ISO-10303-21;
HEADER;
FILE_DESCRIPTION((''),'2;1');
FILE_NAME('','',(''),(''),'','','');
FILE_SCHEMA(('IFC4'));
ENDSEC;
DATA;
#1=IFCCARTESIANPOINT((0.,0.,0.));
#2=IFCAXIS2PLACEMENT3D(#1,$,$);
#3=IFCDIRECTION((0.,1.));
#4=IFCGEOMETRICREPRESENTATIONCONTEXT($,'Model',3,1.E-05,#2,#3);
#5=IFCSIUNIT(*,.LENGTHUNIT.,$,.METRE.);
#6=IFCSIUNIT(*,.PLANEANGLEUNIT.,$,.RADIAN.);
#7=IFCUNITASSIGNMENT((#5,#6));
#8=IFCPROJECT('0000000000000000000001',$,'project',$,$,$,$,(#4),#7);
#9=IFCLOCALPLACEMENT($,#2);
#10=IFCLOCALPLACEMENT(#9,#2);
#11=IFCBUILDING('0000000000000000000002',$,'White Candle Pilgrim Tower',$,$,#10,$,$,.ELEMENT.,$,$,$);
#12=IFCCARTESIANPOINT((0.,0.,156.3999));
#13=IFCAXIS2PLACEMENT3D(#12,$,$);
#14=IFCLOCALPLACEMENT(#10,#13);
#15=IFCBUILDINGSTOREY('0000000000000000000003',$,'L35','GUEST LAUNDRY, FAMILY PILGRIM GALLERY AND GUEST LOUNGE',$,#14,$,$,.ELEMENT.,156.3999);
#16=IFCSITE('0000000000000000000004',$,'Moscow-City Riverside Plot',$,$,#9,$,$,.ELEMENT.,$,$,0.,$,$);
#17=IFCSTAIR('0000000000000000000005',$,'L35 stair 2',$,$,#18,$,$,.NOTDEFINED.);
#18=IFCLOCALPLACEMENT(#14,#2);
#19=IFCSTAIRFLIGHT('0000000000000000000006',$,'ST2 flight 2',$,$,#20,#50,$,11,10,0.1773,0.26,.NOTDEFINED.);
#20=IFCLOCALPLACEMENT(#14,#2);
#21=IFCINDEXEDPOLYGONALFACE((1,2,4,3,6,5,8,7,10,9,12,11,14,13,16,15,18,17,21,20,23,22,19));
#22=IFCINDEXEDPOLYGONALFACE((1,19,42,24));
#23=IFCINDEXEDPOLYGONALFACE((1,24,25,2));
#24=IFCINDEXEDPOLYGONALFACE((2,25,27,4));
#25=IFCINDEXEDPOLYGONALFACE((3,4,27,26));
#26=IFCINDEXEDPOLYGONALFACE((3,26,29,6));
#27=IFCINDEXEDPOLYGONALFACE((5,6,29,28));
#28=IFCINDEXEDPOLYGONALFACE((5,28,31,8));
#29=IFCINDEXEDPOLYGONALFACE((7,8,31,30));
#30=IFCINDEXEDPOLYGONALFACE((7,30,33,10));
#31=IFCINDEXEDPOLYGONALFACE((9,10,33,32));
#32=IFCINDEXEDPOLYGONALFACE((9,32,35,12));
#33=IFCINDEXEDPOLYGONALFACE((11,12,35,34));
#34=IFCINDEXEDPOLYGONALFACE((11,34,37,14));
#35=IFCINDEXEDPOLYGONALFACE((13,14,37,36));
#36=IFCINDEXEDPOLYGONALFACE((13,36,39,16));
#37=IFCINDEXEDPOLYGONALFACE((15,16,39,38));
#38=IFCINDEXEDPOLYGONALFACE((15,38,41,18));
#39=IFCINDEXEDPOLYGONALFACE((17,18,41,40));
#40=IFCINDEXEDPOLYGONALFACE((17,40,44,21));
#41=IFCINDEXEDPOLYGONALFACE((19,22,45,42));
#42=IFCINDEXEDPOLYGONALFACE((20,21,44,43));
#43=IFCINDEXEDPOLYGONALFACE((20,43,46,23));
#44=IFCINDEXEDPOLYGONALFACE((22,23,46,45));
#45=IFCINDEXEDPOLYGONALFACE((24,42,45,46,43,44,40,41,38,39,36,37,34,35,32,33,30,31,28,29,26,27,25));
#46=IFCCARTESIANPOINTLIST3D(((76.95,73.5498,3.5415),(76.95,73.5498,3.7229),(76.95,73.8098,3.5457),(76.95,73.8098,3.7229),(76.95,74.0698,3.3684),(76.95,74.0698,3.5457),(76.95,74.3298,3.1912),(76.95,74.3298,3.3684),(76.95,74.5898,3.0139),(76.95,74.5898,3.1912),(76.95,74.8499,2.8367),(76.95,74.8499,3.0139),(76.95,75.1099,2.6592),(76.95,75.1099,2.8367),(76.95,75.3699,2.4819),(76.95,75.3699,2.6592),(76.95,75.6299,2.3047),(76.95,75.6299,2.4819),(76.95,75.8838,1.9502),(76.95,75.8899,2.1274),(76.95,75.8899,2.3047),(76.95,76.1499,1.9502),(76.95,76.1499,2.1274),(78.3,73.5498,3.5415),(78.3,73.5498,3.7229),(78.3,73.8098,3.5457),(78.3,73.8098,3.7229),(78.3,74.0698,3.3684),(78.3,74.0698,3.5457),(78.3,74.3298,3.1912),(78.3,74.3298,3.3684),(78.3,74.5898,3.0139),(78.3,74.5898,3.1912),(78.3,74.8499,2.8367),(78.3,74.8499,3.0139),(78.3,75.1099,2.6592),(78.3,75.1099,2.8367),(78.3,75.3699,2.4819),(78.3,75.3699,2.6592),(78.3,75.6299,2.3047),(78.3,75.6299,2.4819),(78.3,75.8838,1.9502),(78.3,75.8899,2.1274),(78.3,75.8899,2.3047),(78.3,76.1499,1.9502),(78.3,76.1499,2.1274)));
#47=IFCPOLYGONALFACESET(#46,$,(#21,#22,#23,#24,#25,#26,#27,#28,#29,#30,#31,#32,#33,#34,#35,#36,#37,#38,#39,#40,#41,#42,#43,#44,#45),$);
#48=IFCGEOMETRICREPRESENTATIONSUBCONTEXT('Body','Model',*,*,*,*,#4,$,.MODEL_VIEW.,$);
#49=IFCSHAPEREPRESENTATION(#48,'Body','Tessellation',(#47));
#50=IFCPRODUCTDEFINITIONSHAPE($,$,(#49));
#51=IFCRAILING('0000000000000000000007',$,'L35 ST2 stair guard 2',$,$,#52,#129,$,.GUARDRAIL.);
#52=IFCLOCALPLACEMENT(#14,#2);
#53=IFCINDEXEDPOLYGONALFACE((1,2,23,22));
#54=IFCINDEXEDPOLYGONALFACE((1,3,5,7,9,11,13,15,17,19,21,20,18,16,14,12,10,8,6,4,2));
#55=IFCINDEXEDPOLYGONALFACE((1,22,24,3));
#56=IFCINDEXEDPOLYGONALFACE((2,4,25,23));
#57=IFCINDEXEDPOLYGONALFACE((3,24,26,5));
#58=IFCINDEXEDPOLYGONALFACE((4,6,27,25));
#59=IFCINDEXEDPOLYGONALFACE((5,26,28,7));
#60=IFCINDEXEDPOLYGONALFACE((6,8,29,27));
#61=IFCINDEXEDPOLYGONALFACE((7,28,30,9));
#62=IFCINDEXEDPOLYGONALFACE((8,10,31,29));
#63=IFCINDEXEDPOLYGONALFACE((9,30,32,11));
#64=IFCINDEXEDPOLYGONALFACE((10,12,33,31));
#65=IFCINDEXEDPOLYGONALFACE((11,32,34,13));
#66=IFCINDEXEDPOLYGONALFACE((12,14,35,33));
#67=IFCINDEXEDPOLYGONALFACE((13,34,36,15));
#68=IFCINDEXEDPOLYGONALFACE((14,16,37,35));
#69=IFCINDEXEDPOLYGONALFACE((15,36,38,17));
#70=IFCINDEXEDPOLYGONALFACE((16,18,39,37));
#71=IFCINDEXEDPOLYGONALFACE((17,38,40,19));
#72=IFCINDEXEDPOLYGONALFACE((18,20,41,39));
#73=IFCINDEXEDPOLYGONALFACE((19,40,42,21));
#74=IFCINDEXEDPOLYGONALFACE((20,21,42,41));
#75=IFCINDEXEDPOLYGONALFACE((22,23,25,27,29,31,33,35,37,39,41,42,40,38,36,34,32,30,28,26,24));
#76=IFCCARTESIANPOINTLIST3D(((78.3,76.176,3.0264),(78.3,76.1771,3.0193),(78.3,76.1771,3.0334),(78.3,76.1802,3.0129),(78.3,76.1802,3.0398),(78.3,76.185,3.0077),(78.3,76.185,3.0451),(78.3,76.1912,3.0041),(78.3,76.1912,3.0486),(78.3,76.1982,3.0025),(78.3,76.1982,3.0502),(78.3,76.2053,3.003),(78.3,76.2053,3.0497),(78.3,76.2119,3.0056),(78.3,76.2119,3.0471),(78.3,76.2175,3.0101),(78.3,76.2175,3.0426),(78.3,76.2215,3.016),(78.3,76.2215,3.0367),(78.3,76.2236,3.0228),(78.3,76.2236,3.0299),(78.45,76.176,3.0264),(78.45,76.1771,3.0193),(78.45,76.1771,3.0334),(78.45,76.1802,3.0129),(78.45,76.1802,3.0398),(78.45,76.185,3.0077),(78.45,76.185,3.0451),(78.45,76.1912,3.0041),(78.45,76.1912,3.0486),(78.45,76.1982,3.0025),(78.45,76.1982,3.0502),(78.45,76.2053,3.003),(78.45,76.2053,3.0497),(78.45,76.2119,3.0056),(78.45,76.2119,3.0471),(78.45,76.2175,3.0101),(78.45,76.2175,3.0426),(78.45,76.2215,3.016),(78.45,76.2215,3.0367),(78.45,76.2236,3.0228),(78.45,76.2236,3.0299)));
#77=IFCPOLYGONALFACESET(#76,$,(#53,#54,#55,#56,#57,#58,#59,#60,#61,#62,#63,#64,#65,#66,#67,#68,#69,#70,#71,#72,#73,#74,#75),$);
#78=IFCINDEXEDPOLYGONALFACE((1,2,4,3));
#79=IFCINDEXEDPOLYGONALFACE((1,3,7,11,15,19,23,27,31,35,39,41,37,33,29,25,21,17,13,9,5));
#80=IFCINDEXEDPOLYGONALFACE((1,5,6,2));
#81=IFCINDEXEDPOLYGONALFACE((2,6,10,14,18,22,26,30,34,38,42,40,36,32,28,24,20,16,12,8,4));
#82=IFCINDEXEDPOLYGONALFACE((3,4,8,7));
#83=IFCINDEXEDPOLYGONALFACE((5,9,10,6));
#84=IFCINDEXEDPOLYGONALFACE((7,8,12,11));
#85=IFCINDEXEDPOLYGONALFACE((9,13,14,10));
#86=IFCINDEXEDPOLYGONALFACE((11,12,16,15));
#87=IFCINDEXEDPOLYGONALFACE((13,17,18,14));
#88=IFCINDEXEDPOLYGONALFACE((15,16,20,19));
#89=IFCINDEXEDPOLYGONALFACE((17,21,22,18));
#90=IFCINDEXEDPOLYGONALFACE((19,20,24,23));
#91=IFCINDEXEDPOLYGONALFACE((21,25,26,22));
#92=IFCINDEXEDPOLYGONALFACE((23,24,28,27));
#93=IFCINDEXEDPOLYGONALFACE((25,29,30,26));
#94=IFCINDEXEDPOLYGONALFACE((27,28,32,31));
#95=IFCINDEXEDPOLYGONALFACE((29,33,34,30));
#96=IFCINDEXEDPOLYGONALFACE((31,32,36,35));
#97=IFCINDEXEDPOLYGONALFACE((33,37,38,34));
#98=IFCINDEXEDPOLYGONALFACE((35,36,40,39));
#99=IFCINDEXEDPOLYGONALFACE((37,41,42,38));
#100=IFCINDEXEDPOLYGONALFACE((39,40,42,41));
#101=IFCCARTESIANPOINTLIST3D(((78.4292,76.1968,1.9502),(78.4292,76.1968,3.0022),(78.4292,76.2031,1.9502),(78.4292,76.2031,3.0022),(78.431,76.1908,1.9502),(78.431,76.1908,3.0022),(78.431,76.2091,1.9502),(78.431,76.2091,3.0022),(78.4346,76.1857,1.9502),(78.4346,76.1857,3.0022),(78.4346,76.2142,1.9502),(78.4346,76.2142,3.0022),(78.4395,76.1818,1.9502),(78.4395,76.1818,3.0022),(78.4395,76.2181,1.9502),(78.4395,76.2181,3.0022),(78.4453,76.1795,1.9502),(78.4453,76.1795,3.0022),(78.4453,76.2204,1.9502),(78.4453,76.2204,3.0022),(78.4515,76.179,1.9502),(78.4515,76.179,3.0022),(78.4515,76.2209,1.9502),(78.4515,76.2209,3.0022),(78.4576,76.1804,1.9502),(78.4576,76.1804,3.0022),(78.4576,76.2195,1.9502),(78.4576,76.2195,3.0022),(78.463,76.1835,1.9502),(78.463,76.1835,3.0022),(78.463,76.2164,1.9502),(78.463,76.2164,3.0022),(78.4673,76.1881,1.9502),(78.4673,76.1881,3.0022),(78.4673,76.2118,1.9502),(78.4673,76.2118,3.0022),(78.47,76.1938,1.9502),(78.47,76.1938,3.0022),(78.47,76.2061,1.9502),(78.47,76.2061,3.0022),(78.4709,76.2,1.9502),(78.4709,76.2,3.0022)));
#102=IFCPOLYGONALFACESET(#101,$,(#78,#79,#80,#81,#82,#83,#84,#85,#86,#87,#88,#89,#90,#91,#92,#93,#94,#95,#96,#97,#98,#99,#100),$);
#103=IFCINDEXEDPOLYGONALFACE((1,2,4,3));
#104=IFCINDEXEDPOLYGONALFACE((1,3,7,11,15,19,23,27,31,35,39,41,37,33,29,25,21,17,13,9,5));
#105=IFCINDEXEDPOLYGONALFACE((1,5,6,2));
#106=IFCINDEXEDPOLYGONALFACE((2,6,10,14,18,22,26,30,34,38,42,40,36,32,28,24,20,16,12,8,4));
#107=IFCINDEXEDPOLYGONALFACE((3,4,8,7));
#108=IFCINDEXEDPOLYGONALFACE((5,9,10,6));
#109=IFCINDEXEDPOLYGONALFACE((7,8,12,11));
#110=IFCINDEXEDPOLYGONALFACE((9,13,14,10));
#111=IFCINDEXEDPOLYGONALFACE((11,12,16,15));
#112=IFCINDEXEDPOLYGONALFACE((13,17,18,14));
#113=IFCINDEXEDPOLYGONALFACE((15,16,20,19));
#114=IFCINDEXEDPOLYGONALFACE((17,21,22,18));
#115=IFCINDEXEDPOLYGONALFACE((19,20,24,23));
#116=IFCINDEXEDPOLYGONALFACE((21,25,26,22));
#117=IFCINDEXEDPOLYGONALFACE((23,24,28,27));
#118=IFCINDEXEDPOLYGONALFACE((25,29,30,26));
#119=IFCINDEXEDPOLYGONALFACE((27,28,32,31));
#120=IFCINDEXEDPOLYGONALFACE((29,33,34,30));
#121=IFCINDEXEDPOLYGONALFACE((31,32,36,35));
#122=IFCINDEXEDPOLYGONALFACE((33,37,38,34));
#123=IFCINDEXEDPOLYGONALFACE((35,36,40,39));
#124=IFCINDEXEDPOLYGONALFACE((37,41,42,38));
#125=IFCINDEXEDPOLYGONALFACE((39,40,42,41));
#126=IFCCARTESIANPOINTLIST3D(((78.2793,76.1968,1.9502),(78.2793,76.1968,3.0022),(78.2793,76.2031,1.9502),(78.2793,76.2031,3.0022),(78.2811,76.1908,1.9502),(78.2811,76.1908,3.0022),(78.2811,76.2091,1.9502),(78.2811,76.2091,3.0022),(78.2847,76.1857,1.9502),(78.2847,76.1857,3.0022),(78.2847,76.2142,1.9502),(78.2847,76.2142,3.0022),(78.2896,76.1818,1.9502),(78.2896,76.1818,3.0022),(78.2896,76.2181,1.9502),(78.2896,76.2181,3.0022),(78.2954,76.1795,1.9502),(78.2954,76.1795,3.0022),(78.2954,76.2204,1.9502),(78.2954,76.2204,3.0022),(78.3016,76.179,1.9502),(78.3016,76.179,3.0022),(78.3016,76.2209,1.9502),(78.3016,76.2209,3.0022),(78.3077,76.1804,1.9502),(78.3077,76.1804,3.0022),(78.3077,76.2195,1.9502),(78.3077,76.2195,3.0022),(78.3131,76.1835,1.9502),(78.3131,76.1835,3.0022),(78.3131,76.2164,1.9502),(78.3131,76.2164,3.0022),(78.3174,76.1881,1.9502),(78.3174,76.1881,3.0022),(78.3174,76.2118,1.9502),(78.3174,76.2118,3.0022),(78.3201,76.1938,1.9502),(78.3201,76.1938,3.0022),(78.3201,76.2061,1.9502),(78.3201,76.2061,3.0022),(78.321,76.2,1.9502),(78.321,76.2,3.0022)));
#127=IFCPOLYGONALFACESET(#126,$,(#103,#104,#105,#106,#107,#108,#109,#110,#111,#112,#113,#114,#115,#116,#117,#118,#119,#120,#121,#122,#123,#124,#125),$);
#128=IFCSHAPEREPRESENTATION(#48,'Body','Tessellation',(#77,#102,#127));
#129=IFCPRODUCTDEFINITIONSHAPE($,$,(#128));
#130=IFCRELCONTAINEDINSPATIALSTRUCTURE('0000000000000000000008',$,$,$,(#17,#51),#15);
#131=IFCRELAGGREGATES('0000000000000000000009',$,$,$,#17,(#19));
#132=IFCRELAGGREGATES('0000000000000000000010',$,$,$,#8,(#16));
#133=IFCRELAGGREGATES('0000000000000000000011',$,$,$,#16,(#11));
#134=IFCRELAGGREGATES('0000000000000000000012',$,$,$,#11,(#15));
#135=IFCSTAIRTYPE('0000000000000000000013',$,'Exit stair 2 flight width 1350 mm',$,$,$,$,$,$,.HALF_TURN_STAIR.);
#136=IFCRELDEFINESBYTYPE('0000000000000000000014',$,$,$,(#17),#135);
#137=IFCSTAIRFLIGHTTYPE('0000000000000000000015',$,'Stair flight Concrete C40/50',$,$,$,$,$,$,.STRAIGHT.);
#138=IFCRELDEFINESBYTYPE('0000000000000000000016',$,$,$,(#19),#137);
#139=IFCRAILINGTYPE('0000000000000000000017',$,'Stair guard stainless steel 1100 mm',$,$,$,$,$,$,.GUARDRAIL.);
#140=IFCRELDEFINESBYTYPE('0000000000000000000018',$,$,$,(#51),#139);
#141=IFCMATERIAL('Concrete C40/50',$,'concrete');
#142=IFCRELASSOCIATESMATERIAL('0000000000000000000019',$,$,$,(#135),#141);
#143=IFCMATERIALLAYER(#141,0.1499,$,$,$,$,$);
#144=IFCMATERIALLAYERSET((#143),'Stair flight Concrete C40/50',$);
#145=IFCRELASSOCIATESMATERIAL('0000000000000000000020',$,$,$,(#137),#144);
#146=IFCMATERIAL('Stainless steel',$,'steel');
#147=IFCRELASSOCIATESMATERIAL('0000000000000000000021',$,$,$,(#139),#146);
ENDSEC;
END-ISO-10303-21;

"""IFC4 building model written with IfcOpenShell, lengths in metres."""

from ifc_helpers import new_model, si_unit, direction, frame, origin, origin_2d, place, context, subcontext, project, spatial, polyline, circle, outline, extrude, material, layer, layer_set, type_object, element, aggregate, save


model = new_model("IFC4")

# Units and contexts
model_context = context("Model", 3, precision=1e-05, world=origin(), true_north=direction((0.0, 1.0)))
body_context = subcontext(model_context, "Body", "Model", "MODEL_VIEW")
ifc_project = project(units=[si_unit("LENGTHUNIT", "METRE"), si_unit("PLANEANGLEUNIT", "RADIAN")], contexts=[model_context])

# Site, building, storey
site_placement = place(None, origin())
site = spatial("IfcSite", under=ifc_project, at=site_placement, Name="Moscow-City Riverside Plot", CompositionType="ELEMENT", RefElevation=0.0)
building_placement = place(site_placement, origin())
building = spatial("IfcBuilding", under=site, at=building_placement, Name="White Candle Pilgrim Tower", CompositionType="ELEMENT")
storey_placement = place(building_placement, frame((0.0, 0.0, 156.3999)))
storey = spatial("IfcBuildingStorey", under=building, at=storey_placement, Name="L35", Description="GUEST LAUNDRY, FAMILY PILGRIM GALLERY AND GUEST LOUNGE", CompositionType="ELEMENT", Elevation=156.3999)

# Stair, stair flight
ifc_material_1 = material(Name="Concrete C40/50", Category="concrete")
stair_type = type_object("IfcStairType", Name="Exit stair 2 flight width 1350 mm", PredefinedType="HALF_TURN_STAIR", material=ifc_material_1)
stair_placement = place(storey_placement, origin())
stair = element("IfcStair", 1, at=stair_placement, inside=storey, type_object=stair_type, Name="L35 stair 2", PredefinedType="NOTDEFINED")
ifc_layer_1 = layer(ifc_material_1, 0.1499)
ifc_layer_set_1 = layer_set([ifc_layer_1], Name="Stair flight Concrete C40/50")
stair_flight_type = type_object("IfcStairFlightType", Name="Stair flight Concrete C40/50", PredefinedType="STRAIGHT", material=ifc_layer_set_1)
stair_flight_placement = place(storey_placement, frame((77.625, 76.1499, 1.9502), z_axis=(0.0, 0.0, 1.0), x_axis=(0.0, -1.0, 0.0)))
stair_flight = element("IfcStairFlight", 2, at=stair_flight_placement, type_object=stair_flight_type, Name="ST2 flight 2", NumberOfRisers=11, NumberOfTreads=10, PredefinedType="NOTDEFINED", RiserHeight=0.1773, TreadLength=0.26, context=body_context, shape_type="SweptSolid", body=[
    extrude(outline(polyline([(0.0, 0.0), (0.0, 0.1772), (0.26, 0.1772), (0.26, 0.3545), (0.52, 0.3545), (0.52, 0.5317), (0.78, 0.5317), (0.78, 0.709), (1.04, 0.709), (1.04, 0.8865), (1.3, 0.8865), (1.3, 1.0637), (1.5601, 1.0637), (1.5601, 1.241), (1.8201, 1.241), (1.8201, 1.4182), (2.0801, 1.4182), (2.0801, 1.5955), (2.3401, 1.5955), (2.3401, 1.7727), (2.6001, 1.7727), (2.6001, 1.95), (2.6001, 1.5913), (0.2661, 0.0), (0.0, 0.0)])), frame((0.0, 0.675, 0.0), z_axis=(0.0, -1.0, 0.0), x_axis=(1.0, 0.0, 0.0)), (0.0, 0.0, 1.0), 1.3501),
])
aggregate(stair, [stair_flight])

# Railing
ifc_material_2 = material(Name="Stainless steel", Category="steel")
railing_type_1 = type_object("IfcRailingType", Name="Stair guard stainless steel 1100 mm", PredefinedType="GUARDRAIL", material=ifc_material_2)
railing_1_placement = place(storey_placement, frame((78.45, 76.2, 1.9502)))
element("IfcRailing", 3, at=railing_1_placement, inside=storey, type_object=railing_type_1, Name="L35 ST2 stair guard 2", PredefinedType="GUARDRAIL", context=body_context, shape_type="SweptSolid", body=[
    extrude(circle(Radius=0.0239, at=origin_2d()), frame((0.0, 0.0, 1.0762), z_axis=(-1.0, 0.0, 0.0), x_axis=(0.0, -1.0, 0.0)), (0.0, 0.0, 1.0), 0.1499),
    extrude(circle(Radius=0.021, at=origin_2d()), origin(), (0.0, 0.0, 1.0), 1.052),
    extrude(circle(Radius=0.021, at=origin_2d()), frame((-0.1499, 0.0, 0.0)), (0.0, 0.0, 1.0), 1.052),
])

save(model, "model.ifc")
